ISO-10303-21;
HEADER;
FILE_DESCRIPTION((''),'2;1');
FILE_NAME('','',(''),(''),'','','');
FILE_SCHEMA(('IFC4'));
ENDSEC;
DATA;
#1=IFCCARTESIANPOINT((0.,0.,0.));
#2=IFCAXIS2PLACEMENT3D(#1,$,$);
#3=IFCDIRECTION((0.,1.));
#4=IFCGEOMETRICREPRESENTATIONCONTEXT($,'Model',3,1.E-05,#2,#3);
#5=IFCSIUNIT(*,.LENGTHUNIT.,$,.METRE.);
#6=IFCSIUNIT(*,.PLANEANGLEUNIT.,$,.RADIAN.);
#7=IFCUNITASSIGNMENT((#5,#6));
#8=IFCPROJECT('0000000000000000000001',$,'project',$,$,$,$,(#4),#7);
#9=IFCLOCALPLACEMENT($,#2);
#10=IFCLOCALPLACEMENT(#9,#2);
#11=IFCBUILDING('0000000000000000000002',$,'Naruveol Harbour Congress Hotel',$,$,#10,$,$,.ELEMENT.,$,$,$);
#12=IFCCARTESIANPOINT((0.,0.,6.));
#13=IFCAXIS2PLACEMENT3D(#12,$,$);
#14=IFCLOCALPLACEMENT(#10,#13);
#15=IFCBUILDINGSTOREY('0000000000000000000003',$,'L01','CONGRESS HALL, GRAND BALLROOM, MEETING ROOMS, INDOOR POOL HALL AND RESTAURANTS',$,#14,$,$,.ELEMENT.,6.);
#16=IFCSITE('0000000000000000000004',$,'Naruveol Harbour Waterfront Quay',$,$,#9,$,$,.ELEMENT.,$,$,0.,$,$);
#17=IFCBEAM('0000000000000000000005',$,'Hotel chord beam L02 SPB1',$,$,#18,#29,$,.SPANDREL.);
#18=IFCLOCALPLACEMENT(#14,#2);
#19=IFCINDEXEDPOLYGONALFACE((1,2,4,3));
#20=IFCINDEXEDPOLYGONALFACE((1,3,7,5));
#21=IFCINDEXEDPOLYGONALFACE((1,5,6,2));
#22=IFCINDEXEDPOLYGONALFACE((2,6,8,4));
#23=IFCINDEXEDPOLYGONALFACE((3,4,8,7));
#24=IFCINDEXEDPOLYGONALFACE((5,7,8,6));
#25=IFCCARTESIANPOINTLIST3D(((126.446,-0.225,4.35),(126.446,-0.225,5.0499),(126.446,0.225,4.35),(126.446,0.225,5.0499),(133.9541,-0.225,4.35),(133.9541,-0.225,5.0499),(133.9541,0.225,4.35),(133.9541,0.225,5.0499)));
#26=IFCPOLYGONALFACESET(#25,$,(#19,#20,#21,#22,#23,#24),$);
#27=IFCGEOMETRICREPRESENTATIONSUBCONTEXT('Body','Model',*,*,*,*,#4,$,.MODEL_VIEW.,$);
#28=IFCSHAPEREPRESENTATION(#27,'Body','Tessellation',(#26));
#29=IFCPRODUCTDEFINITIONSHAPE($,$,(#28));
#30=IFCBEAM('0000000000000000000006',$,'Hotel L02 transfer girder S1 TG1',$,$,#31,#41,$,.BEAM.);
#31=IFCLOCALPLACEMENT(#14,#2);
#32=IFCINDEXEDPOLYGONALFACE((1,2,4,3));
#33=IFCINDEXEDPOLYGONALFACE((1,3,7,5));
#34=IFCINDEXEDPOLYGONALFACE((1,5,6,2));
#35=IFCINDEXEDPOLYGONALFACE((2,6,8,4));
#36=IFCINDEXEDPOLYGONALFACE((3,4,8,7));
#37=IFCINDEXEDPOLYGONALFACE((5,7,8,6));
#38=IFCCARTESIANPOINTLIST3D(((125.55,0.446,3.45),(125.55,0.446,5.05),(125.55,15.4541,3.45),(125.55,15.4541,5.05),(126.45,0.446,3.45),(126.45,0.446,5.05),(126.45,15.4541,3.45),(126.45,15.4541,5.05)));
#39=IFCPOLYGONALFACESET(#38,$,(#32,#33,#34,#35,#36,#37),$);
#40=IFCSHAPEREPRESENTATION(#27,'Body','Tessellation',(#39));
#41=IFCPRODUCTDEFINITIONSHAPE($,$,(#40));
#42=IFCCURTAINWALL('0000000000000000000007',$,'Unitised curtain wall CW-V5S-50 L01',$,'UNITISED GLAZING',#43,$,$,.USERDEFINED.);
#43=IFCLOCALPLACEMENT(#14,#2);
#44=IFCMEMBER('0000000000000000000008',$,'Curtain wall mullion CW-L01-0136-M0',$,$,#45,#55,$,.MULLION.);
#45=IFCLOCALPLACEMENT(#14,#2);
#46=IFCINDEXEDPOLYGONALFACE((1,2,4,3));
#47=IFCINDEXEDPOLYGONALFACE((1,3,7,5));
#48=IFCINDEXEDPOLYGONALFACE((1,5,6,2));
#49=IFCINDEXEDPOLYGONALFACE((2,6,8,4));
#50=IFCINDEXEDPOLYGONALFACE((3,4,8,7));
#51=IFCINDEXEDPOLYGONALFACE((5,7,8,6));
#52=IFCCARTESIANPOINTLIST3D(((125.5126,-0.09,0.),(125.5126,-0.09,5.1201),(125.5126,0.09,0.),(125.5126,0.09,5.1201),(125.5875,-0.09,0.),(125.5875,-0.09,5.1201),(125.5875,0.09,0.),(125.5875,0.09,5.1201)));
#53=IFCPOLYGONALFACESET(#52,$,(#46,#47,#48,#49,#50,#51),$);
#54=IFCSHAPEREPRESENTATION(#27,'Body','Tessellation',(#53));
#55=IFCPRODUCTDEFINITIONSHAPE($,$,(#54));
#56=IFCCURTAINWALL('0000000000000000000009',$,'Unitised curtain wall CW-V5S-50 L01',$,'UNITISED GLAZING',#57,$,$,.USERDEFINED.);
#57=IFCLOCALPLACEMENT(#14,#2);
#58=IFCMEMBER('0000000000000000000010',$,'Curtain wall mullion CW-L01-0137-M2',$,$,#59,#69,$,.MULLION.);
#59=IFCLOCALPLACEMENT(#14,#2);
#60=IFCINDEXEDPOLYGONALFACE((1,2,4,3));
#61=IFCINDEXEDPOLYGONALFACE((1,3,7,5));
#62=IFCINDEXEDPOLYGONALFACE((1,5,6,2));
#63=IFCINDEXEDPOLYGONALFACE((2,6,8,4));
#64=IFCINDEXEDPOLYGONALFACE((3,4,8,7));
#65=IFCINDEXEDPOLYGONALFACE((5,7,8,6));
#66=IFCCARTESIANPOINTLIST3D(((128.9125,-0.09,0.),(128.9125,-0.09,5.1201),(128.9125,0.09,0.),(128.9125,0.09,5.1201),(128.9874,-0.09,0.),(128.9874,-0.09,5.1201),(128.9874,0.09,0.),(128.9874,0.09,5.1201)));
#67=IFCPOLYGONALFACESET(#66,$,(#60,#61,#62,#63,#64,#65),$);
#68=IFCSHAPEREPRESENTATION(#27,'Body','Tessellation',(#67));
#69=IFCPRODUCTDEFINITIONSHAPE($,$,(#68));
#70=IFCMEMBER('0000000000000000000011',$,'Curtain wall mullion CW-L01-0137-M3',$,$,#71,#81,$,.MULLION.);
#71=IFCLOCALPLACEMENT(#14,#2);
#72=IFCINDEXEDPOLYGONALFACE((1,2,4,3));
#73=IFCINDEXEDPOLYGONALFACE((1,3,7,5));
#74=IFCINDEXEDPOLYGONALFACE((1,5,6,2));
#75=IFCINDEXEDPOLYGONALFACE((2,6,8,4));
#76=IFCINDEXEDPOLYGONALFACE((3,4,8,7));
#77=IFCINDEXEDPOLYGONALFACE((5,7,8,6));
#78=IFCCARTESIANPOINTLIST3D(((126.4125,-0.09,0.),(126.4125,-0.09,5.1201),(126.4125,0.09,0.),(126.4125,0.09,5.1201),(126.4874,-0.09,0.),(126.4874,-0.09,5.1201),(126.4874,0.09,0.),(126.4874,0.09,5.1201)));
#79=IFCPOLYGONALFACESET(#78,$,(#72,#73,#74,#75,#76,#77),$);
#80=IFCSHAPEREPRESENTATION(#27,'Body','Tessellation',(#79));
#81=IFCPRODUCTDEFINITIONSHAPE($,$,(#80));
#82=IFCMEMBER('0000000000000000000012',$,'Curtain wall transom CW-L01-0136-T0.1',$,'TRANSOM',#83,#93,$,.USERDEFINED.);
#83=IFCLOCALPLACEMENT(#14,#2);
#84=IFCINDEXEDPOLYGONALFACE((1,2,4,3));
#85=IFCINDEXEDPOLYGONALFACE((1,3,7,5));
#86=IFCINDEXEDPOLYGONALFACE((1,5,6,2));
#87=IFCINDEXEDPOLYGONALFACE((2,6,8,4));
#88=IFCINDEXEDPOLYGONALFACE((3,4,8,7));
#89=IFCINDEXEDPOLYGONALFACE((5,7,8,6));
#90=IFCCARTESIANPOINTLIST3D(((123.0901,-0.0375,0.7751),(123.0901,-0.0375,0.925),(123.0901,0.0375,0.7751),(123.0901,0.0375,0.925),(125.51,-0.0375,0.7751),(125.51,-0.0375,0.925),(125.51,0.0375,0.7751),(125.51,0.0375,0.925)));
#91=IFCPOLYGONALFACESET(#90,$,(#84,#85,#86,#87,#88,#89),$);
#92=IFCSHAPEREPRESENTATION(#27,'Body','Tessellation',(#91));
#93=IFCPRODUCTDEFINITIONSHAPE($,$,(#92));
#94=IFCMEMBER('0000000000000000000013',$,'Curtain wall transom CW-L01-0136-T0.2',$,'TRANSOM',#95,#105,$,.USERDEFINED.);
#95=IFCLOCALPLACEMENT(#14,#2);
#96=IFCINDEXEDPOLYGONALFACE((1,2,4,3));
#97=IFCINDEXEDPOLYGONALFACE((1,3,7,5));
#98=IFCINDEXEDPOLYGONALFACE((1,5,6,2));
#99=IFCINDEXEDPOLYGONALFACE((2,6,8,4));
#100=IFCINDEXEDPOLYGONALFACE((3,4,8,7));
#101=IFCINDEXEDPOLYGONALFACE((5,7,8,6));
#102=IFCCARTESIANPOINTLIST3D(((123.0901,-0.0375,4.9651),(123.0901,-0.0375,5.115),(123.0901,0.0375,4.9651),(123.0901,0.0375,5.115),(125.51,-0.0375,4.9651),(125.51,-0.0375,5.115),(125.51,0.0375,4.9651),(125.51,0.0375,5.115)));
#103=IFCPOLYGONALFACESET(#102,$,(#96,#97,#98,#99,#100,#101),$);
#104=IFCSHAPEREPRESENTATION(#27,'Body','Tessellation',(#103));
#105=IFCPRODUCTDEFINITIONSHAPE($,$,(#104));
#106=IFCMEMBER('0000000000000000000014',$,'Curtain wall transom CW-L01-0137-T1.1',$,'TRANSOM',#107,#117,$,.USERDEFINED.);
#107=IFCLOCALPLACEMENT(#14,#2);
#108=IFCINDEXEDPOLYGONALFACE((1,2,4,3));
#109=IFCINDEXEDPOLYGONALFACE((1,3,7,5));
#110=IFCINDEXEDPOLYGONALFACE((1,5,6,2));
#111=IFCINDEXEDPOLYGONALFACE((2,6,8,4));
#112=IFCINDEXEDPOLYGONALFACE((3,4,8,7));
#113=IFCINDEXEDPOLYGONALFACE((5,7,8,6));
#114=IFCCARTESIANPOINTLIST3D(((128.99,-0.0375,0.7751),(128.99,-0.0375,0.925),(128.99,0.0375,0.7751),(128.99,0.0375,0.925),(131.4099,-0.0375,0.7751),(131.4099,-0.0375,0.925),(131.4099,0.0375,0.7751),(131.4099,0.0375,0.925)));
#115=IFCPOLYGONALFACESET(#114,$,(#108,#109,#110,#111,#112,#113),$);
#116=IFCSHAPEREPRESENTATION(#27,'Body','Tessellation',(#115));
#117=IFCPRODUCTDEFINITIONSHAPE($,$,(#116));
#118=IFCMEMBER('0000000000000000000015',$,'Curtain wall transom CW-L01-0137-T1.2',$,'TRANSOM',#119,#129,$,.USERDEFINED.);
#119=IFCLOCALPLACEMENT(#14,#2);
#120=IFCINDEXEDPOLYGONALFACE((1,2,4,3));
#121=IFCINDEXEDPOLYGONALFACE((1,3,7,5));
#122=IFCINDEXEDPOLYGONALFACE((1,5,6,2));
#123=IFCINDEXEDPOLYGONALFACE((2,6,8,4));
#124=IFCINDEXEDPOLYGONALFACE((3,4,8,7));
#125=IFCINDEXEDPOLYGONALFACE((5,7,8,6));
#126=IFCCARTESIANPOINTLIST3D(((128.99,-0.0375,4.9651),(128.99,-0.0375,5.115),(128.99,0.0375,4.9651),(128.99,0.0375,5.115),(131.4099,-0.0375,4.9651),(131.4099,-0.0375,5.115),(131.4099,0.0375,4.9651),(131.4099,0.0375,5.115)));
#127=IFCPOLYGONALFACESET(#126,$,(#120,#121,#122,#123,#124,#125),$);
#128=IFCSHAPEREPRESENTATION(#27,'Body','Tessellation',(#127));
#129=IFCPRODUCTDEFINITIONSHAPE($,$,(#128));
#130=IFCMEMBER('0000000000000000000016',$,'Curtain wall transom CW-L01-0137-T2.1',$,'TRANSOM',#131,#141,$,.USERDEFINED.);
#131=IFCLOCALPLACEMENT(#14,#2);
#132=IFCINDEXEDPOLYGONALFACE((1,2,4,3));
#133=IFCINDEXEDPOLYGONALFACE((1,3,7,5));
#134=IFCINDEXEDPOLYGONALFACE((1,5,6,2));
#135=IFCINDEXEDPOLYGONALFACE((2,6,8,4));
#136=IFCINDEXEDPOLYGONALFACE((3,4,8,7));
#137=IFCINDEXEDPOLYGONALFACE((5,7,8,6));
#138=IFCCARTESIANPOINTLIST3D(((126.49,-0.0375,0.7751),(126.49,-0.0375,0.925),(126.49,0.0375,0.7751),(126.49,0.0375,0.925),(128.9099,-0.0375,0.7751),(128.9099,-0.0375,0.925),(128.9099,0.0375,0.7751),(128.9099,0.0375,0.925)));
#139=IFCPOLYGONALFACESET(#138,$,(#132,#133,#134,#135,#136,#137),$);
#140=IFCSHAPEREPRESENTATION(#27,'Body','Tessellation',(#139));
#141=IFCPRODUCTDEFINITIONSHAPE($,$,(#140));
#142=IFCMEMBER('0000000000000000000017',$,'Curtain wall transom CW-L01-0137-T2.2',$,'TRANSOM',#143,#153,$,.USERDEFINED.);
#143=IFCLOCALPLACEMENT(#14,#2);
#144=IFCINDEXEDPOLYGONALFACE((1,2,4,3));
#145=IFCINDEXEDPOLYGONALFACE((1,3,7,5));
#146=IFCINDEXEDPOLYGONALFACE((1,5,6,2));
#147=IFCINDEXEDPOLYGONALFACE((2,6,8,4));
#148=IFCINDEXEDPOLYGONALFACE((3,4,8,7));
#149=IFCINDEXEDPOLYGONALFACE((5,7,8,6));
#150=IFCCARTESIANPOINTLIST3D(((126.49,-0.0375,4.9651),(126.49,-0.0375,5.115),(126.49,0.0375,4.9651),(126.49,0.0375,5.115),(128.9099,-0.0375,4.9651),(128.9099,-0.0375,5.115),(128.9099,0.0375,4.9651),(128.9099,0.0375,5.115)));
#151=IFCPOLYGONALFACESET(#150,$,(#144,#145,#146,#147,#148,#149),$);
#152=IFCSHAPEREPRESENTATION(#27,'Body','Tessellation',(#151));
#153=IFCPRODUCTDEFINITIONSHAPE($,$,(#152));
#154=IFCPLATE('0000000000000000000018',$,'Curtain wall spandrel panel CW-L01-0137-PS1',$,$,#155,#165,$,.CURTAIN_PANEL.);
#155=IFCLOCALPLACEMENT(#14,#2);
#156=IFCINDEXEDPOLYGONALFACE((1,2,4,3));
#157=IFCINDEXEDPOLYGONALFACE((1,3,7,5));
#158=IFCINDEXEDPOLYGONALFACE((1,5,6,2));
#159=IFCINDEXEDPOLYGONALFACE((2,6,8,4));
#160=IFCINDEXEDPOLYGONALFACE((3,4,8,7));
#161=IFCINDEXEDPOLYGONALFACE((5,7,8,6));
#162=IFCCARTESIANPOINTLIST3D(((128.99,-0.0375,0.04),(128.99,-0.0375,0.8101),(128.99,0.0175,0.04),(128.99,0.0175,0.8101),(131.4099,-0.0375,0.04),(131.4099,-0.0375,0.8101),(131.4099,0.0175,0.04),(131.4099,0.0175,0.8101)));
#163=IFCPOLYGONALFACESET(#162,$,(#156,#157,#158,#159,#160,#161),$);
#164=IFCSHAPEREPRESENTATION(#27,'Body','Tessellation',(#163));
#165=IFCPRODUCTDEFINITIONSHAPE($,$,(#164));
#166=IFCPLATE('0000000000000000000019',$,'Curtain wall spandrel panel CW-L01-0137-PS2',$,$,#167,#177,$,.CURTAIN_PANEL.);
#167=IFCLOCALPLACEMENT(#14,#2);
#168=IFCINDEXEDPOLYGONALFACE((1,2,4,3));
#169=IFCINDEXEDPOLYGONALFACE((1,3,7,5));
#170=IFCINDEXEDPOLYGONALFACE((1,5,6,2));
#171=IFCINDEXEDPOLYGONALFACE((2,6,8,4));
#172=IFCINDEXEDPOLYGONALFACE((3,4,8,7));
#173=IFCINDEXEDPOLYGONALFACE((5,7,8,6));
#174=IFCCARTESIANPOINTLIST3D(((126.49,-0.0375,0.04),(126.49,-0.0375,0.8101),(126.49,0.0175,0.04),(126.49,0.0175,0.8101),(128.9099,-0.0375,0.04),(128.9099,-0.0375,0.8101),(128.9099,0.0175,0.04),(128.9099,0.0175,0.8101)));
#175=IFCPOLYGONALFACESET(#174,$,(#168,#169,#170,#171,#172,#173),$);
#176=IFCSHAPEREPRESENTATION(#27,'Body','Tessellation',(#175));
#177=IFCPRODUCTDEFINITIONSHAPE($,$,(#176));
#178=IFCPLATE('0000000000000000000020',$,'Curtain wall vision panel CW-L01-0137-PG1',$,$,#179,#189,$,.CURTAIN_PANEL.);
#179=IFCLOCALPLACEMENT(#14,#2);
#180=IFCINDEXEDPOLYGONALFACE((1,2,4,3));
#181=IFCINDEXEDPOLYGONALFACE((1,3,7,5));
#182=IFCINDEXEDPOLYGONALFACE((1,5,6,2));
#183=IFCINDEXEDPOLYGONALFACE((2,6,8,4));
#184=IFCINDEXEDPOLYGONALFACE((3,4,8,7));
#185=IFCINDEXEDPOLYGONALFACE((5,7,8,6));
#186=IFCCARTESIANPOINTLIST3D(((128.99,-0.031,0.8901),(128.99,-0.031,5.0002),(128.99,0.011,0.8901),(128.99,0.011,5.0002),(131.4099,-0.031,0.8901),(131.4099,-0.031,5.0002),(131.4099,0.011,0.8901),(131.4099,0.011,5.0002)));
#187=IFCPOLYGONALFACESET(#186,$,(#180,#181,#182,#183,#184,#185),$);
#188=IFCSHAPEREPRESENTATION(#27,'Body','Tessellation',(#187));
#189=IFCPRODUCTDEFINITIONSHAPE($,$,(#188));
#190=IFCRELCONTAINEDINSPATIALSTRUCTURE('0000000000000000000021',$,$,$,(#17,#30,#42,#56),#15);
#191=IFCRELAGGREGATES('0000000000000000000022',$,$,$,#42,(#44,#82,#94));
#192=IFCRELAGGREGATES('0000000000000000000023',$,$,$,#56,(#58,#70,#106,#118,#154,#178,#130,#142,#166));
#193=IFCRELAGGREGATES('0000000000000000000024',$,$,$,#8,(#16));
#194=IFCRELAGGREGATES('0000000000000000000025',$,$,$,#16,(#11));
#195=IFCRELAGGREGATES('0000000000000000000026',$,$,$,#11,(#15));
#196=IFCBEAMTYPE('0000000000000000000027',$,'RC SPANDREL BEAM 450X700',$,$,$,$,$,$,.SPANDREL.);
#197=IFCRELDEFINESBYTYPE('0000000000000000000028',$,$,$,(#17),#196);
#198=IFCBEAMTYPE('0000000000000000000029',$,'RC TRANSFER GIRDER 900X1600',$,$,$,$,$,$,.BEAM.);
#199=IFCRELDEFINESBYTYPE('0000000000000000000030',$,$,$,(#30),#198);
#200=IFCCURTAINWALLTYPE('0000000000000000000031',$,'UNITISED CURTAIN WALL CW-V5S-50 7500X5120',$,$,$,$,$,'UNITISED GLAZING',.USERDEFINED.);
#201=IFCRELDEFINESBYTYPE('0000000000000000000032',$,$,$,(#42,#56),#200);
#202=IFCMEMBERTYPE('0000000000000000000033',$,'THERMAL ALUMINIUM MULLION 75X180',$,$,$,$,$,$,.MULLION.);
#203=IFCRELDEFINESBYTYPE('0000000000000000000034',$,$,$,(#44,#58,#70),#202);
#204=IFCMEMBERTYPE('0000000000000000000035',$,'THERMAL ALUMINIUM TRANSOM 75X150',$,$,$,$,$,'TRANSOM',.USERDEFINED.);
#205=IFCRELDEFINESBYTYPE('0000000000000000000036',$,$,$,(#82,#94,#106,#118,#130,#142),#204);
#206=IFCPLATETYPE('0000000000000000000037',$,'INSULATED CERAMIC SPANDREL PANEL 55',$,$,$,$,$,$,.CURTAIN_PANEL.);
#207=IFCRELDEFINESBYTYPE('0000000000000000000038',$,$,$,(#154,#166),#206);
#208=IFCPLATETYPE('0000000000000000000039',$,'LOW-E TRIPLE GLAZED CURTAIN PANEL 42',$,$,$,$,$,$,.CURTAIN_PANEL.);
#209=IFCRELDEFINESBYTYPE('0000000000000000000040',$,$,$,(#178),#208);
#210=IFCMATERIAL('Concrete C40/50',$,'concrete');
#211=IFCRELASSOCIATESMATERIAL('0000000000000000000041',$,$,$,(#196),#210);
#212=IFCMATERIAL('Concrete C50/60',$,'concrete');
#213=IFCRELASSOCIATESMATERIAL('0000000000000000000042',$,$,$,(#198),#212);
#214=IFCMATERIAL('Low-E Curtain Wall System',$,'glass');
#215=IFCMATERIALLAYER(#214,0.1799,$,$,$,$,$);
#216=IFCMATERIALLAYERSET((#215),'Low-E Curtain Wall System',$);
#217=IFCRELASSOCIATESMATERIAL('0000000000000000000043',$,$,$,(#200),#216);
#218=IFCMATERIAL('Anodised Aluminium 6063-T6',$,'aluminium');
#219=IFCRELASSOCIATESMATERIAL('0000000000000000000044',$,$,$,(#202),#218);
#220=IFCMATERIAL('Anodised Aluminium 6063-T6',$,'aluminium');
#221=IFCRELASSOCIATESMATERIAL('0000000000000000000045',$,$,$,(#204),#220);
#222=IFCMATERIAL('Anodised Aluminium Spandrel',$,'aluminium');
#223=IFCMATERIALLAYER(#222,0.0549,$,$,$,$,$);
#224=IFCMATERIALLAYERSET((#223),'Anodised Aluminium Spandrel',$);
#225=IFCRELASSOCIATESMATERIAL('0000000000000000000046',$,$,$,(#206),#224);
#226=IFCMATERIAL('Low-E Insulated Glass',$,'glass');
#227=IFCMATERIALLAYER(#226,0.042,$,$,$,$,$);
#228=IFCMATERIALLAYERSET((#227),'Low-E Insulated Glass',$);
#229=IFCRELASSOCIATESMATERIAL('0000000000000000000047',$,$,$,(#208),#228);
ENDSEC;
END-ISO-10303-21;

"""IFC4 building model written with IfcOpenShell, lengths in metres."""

from ifc_helpers import new_model, si_unit, direction, frame, origin, origin_2d, place, context, subcontext, project, spatial, rectangle, extrude, material, layer, layer_set, material_profile, profile_set, type_object, element, aggregate, save


model = new_model("IFC4")

# Units and contexts
model_context = context("Model", 3, precision=1e-05, world=origin(), true_north=direction((0.0, 1.0)))
body_context = subcontext(model_context, "Body", "Model", "MODEL_VIEW")
ifc_project = project(units=[si_unit("LENGTHUNIT", "METRE"), si_unit("PLANEANGLEUNIT", "RADIAN")], contexts=[model_context])

# Site, building, storey
site_placement = place(None, origin())
site = spatial("IfcSite", under=ifc_project, at=site_placement, Name="Naruveol Harbour Waterfront Quay", CompositionType="ELEMENT", RefElevation=0.0)
building_placement = place(site_placement, origin())
building = spatial("IfcBuilding", under=site, at=building_placement, Name="Naruveol Harbour Congress Hotel", CompositionType="ELEMENT")
storey_placement = place(building_placement, frame((0.0, 0.0, 6.0)))
storey = spatial("IfcBuildingStorey", under=building, at=storey_placement, Name="L01", Description="CONGRESS HALL, GRAND BALLROOM, MEETING ROOMS, INDOOR POOL HALL AND RESTAURANTS", CompositionType="ELEMENT", Elevation=6.0)

# Beams
ifc_material_1 = material(Name="Concrete C40/50", Category="concrete")
ifc_material_profile_1 = material_profile(ifc_material_1, rectangle(XDim=0.45, YDim=0.7, at=origin_2d()), Name="RCB-450x700")
ifc_profile_set_1 = profile_set([ifc_material_profile_1], Name="Concrete C40/50")
beam_type_1 = type_object("IfcBeamType", Name="RC SPANDREL BEAM 450X700", PredefinedType="SPANDREL", material=ifc_profile_set_1)
beam_1_placement = place(storey_placement, frame((126.446, 0.0, 4.7), z_axis=(1.0, 0.0, 0.0), x_axis=(0.0, 1.0, 0.0)))
element("IfcBeam", 1, at=beam_1_placement, inside=storey, type_object=beam_type_1, Name="Hotel chord beam L02 SPB1", PredefinedType="SPANDREL", context=body_context, shape_type="SweptSolid", body=[
    extrude(rectangle(XDim=0.45, YDim=0.7, at=origin_2d()), origin(), (0.0, 0.0, 1.0), 7.5081),
])
ifc_material_2 = material(Name="Concrete C50/60", Category="concrete")
ifc_material_profile_2 = material_profile(ifc_material_2, rectangle(XDim=0.8999, YDim=1.6001, at=origin_2d()), Name="RCB-900x1600")
ifc_profile_set_2 = profile_set([ifc_material_profile_2], Name="Concrete C50/60")
beam_type_2 = type_object("IfcBeamType", Name="RC TRANSFER GIRDER 900X1600", PredefinedType="BEAM", material=ifc_profile_set_2)
beam_2_placement = place(storey_placement, frame((126.0, 0.446, 4.25), z_axis=(0.0, 1.0, 0.0), x_axis=(-1.0, 0.0, 0.0)))
element("IfcBeam", 2, at=beam_2_placement, inside=storey, type_object=beam_type_2, Name="Hotel L02 transfer girder S1 TG1", PredefinedType="BEAM", context=body_context, shape_type="SweptSolid", body=[
    extrude(rectangle(XDim=0.8999, YDim=1.6001, at=origin_2d()), origin(), (0.0, 0.0, 1.0), 15.0081),
])

# Curtain wall, member
ifc_material_3 = material(Name="Low-E Curtain Wall System", Category="glass")
ifc_layer_1 = layer(ifc_material_3, 0.1799)
ifc_layer_set_1 = layer_set([ifc_layer_1], Name="Low-E Curtain Wall System")
curtain_wall_type = type_object("IfcCurtainWallType", Name="UNITISED CURTAIN WALL CW-V5S-50 7500X5120", ElementType="UNITISED GLAZING", PredefinedType="USERDEFINED", material=ifc_layer_set_1)
curtain_wall_1_placement = place(storey_placement, origin())
curtain_wall_1 = element("IfcCurtainWall", 3, at=curtain_wall_1_placement, inside=storey, type_object=curtain_wall_type, Name="Unitised curtain wall CW-V5S-50 L01", ObjectType="UNITISED GLAZING", PredefinedType="USERDEFINED")
ifc_material_4 = material(Name="Anodised Aluminium 6063-T6", Category="aluminium")
ifc_material_profile_3 = material_profile(ifc_material_4, rectangle(XDim=0.075, YDim=0.1799, at=origin_2d()), Name="ALU-75x180")
ifc_profile_set_3 = profile_set([ifc_material_profile_3], Name="Anodised Aluminium 6063-T6")
member_type_1 = type_object("IfcMemberType", Name="THERMAL ALUMINIUM MULLION 75X180", PredefinedType="MULLION", material=ifc_profile_set_3)
member_1_placement = place(storey_placement, frame((125.55, 0.0, 0.0), z_axis=(0.0, 0.0, 1.0), x_axis=(1.0, 0.0, 0.0)))
member_1 = element("IfcMember", 4, at=member_1_placement, type_object=member_type_1, Name="Curtain wall mullion CW-L01-0136-M0", PredefinedType="MULLION", context=body_context, shape_type="SweptSolid", body=[
    extrude(rectangle(XDim=0.075, YDim=0.1799, at=origin_2d()), origin(), (0.0, 0.0, 1.0), 5.1201),
])

# Curtain wall, members
curtain_wall_2_placement = place(storey_placement, origin())
curtain_wall_2 = element("IfcCurtainWall", 5, at=curtain_wall_2_placement, inside=storey, type_object=curtain_wall_type, Name="Unitised curtain wall CW-V5S-50 L01", ObjectType="UNITISED GLAZING", PredefinedType="USERDEFINED")
member_2_placement = place(storey_placement, frame((128.95, 0.0, 0.0), z_axis=(0.0, 0.0, 1.0), x_axis=(1.0, 0.0, 0.0)))
member_2 = element("IfcMember", 6, at=member_2_placement, type_object=member_type_1, Name="Curtain wall mullion CW-L01-0137-M2", PredefinedType="MULLION", context=body_context, shape_type="SweptSolid", body=[
    extrude(rectangle(XDim=0.075, YDim=0.1799, at=origin_2d()), origin(), (0.0, 0.0, 1.0), 5.1201),
])
member_3_placement = place(storey_placement, frame((126.45, 0.0, 0.0), z_axis=(0.0, 0.0, 1.0), x_axis=(1.0, 0.0, 0.0)))
member_3 = element("IfcMember", 7, at=member_3_placement, type_object=member_type_1, Name="Curtain wall mullion CW-L01-0137-M3", PredefinedType="MULLION", context=body_context, shape_type="SweptSolid", body=[
    extrude(rectangle(XDim=0.075, YDim=0.1799, at=origin_2d()), origin(), (0.0, 0.0, 1.0), 5.1201),
])

# Members
ifc_material_5 = material(Name="Anodised Aluminium 6063-T6", Category="aluminium")
ifc_material_profile_4 = material_profile(ifc_material_5, rectangle(XDim=0.075, YDim=0.1499, at=origin_2d()), Name="ALU-75x150")
ifc_profile_set_4 = profile_set([ifc_material_profile_4], Name="Anodised Aluminium 6063-T6")
member_type_2 = type_object("IfcMemberType", Name="THERMAL ALUMINIUM TRANSOM 75X150", ElementType="TRANSOM", PredefinedType="USERDEFINED", material=ifc_profile_set_4)
member_4_placement = place(storey_placement, frame((125.51, 0.0, 0.8501), z_axis=(-1.0, 0.0, 0.0), x_axis=(0.0, -1.0, 0.0)))
member_4 = element("IfcMember", 8, at=member_4_placement, type_object=member_type_2, Name="Curtain wall transom CW-L01-0136-T0.1", ObjectType="TRANSOM", PredefinedType="USERDEFINED", context=body_context, shape_type="SweptSolid", body=[
    extrude(rectangle(XDim=0.075, YDim=0.1499, at=origin_2d()), origin(), (0.0, 0.0, 1.0), 2.4199),
])
member_5_placement = place(storey_placement, frame((125.51, 0.0, 5.04), z_axis=(-1.0, 0.0, 0.0), x_axis=(0.0, -1.0, 0.0)))
member_5 = element("IfcMember", 9, at=member_5_placement, type_object=member_type_2, Name="Curtain wall transom CW-L01-0136-T0.2", ObjectType="TRANSOM", PredefinedType="USERDEFINED", context=body_context, shape_type="SweptSolid", body=[
    extrude(rectangle(XDim=0.075, YDim=0.1499, at=origin_2d()), origin(), (0.0, 0.0, 1.0), 2.4199),
])
aggregate(curtain_wall_1, [member_1, member_4, member_5])
member_6_placement = place(storey_placement, frame((131.4099, 0.0, 0.8501), z_axis=(-1.0, 0.0, 0.0), x_axis=(0.0, -1.0, 0.0)))
member_6 = element("IfcMember", 10, at=member_6_placement, type_object=member_type_2, Name="Curtain wall transom CW-L01-0137-T1.1", ObjectType="TRANSOM", PredefinedType="USERDEFINED", context=body_context, shape_type="SweptSolid", body=[
    extrude(rectangle(XDim=0.075, YDim=0.1499, at=origin_2d()), origin(), (0.0, 0.0, 1.0), 2.4199),
])
member_7_placement = place(storey_placement, frame((131.4099, 0.0, 5.04), z_axis=(-1.0, 0.0, 0.0), x_axis=(0.0, -1.0, 0.0)))
member_7 = element("IfcMember", 11, at=member_7_placement, type_object=member_type_2, Name="Curtain wall transom CW-L01-0137-T1.2", ObjectType="TRANSOM", PredefinedType="USERDEFINED", context=body_context, shape_type="SweptSolid", body=[
    extrude(rectangle(XDim=0.075, YDim=0.1499, at=origin_2d()), origin(), (0.0, 0.0, 1.0), 2.4199),
])
member_8_placement = place(storey_placement, frame((128.9099, 0.0, 0.8501), z_axis=(-1.0, 0.0, 0.0), x_axis=(0.0, -1.0, 0.0)))
member_8 = element("IfcMember", 12, at=member_8_placement, type_object=member_type_2, Name="Curtain wall transom CW-L01-0137-T2.1", ObjectType="TRANSOM", PredefinedType="USERDEFINED", context=body_context, shape_type="SweptSolid", body=[
    extrude(rectangle(XDim=0.075, YDim=0.1499, at=origin_2d()), origin(), (0.0, 0.0, 1.0), 2.4199),
])
member_9_placement = place(storey_placement, frame((128.9099, 0.0, 5.04), z_axis=(-1.0, 0.0, 0.0), x_axis=(0.0, -1.0, 0.0)))
member_9 = element("IfcMember", 13, at=member_9_placement, type_object=member_type_2, Name="Curtain wall transom CW-L01-0137-T2.2", ObjectType="TRANSOM", PredefinedType="USERDEFINED", context=body_context, shape_type="SweptSolid", body=[
    extrude(rectangle(XDim=0.075, YDim=0.1499, at=origin_2d()), origin(), (0.0, 0.0, 1.0), 2.4199),
])

# Plates
ifc_material_6 = material(Name="Anodised Aluminium Spandrel", Category="aluminium")
ifc_layer_2 = layer(ifc_material_6, 0.0549)
ifc_layer_set_2 = layer_set([ifc_layer_2], Name="Anodised Aluminium Spandrel")
plate_type_1 = type_object("IfcPlateType", Name="INSULATED CERAMIC SPANDREL PANEL 55", PredefinedType="CURTAIN_PANEL", material=ifc_layer_set_2)
plate_1_placement = place(storey_placement, frame((130.2, -0.01, 0.04), z_axis=(0.0, 0.0, 1.0), x_axis=(-1.0, 0.0, 0.0)))
plate_1 = element("IfcPlate", 14, at=plate_1_placement, type_object=plate_type_1, Name="Curtain wall spandrel panel CW-L01-0137-PS1", PredefinedType="CURTAIN_PANEL", context=body_context, shape_type="SweptSolid", body=[
    extrude(rectangle(XDim=2.4199, YDim=0.0549, at=origin_2d()), origin(), (0.0, 0.0, 1.0), 0.77),
])
plate_2_placement = place(storey_placement, frame((127.7, -0.01, 0.04), z_axis=(0.0, 0.0, 1.0), x_axis=(-1.0, 0.0, 0.0)))
plate_2 = element("IfcPlate", 15, at=plate_2_placement, type_object=plate_type_1, Name="Curtain wall spandrel panel CW-L01-0137-PS2", PredefinedType="CURTAIN_PANEL", context=body_context, shape_type="SweptSolid", body=[
    extrude(rectangle(XDim=2.4199, YDim=0.0549, at=origin_2d()), origin(), (0.0, 0.0, 1.0), 0.77),
])
ifc_material_7 = material(Name="Low-E Insulated Glass", Category="glass")
ifc_layer_3 = layer(ifc_material_7, 0.042)
ifc_layer_set_3 = layer_set([ifc_layer_3], Name="Low-E Insulated Glass")
plate_type_2 = type_object("IfcPlateType", Name="LOW-E TRIPLE GLAZED CURTAIN PANEL 42", PredefinedType="CURTAIN_PANEL", material=ifc_layer_set_3)
plate_3_placement = place(storey_placement, frame((130.2, -0.01, 0.8901), z_axis=(0.0, 0.0, 1.0), x_axis=(-1.0, 0.0, 0.0)))
plate_3 = element("IfcPlate", 16, at=plate_3_placement, type_object=plate_type_2, Name="Curtain wall vision panel CW-L01-0137-PG1", PredefinedType="CURTAIN_PANEL", context=body_context, shape_type="SweptSolid", body=[
    extrude(rectangle(XDim=2.4199, YDim=0.042, at=origin_2d()), origin(), (0.0, 0.0, 1.0), 4.1101),
])
aggregate(curtain_wall_2, [member_2, member_3, member_6, member_7, plate_1, plate_3, member_8, member_9, plate_2])

save(model, "model.ifc")
